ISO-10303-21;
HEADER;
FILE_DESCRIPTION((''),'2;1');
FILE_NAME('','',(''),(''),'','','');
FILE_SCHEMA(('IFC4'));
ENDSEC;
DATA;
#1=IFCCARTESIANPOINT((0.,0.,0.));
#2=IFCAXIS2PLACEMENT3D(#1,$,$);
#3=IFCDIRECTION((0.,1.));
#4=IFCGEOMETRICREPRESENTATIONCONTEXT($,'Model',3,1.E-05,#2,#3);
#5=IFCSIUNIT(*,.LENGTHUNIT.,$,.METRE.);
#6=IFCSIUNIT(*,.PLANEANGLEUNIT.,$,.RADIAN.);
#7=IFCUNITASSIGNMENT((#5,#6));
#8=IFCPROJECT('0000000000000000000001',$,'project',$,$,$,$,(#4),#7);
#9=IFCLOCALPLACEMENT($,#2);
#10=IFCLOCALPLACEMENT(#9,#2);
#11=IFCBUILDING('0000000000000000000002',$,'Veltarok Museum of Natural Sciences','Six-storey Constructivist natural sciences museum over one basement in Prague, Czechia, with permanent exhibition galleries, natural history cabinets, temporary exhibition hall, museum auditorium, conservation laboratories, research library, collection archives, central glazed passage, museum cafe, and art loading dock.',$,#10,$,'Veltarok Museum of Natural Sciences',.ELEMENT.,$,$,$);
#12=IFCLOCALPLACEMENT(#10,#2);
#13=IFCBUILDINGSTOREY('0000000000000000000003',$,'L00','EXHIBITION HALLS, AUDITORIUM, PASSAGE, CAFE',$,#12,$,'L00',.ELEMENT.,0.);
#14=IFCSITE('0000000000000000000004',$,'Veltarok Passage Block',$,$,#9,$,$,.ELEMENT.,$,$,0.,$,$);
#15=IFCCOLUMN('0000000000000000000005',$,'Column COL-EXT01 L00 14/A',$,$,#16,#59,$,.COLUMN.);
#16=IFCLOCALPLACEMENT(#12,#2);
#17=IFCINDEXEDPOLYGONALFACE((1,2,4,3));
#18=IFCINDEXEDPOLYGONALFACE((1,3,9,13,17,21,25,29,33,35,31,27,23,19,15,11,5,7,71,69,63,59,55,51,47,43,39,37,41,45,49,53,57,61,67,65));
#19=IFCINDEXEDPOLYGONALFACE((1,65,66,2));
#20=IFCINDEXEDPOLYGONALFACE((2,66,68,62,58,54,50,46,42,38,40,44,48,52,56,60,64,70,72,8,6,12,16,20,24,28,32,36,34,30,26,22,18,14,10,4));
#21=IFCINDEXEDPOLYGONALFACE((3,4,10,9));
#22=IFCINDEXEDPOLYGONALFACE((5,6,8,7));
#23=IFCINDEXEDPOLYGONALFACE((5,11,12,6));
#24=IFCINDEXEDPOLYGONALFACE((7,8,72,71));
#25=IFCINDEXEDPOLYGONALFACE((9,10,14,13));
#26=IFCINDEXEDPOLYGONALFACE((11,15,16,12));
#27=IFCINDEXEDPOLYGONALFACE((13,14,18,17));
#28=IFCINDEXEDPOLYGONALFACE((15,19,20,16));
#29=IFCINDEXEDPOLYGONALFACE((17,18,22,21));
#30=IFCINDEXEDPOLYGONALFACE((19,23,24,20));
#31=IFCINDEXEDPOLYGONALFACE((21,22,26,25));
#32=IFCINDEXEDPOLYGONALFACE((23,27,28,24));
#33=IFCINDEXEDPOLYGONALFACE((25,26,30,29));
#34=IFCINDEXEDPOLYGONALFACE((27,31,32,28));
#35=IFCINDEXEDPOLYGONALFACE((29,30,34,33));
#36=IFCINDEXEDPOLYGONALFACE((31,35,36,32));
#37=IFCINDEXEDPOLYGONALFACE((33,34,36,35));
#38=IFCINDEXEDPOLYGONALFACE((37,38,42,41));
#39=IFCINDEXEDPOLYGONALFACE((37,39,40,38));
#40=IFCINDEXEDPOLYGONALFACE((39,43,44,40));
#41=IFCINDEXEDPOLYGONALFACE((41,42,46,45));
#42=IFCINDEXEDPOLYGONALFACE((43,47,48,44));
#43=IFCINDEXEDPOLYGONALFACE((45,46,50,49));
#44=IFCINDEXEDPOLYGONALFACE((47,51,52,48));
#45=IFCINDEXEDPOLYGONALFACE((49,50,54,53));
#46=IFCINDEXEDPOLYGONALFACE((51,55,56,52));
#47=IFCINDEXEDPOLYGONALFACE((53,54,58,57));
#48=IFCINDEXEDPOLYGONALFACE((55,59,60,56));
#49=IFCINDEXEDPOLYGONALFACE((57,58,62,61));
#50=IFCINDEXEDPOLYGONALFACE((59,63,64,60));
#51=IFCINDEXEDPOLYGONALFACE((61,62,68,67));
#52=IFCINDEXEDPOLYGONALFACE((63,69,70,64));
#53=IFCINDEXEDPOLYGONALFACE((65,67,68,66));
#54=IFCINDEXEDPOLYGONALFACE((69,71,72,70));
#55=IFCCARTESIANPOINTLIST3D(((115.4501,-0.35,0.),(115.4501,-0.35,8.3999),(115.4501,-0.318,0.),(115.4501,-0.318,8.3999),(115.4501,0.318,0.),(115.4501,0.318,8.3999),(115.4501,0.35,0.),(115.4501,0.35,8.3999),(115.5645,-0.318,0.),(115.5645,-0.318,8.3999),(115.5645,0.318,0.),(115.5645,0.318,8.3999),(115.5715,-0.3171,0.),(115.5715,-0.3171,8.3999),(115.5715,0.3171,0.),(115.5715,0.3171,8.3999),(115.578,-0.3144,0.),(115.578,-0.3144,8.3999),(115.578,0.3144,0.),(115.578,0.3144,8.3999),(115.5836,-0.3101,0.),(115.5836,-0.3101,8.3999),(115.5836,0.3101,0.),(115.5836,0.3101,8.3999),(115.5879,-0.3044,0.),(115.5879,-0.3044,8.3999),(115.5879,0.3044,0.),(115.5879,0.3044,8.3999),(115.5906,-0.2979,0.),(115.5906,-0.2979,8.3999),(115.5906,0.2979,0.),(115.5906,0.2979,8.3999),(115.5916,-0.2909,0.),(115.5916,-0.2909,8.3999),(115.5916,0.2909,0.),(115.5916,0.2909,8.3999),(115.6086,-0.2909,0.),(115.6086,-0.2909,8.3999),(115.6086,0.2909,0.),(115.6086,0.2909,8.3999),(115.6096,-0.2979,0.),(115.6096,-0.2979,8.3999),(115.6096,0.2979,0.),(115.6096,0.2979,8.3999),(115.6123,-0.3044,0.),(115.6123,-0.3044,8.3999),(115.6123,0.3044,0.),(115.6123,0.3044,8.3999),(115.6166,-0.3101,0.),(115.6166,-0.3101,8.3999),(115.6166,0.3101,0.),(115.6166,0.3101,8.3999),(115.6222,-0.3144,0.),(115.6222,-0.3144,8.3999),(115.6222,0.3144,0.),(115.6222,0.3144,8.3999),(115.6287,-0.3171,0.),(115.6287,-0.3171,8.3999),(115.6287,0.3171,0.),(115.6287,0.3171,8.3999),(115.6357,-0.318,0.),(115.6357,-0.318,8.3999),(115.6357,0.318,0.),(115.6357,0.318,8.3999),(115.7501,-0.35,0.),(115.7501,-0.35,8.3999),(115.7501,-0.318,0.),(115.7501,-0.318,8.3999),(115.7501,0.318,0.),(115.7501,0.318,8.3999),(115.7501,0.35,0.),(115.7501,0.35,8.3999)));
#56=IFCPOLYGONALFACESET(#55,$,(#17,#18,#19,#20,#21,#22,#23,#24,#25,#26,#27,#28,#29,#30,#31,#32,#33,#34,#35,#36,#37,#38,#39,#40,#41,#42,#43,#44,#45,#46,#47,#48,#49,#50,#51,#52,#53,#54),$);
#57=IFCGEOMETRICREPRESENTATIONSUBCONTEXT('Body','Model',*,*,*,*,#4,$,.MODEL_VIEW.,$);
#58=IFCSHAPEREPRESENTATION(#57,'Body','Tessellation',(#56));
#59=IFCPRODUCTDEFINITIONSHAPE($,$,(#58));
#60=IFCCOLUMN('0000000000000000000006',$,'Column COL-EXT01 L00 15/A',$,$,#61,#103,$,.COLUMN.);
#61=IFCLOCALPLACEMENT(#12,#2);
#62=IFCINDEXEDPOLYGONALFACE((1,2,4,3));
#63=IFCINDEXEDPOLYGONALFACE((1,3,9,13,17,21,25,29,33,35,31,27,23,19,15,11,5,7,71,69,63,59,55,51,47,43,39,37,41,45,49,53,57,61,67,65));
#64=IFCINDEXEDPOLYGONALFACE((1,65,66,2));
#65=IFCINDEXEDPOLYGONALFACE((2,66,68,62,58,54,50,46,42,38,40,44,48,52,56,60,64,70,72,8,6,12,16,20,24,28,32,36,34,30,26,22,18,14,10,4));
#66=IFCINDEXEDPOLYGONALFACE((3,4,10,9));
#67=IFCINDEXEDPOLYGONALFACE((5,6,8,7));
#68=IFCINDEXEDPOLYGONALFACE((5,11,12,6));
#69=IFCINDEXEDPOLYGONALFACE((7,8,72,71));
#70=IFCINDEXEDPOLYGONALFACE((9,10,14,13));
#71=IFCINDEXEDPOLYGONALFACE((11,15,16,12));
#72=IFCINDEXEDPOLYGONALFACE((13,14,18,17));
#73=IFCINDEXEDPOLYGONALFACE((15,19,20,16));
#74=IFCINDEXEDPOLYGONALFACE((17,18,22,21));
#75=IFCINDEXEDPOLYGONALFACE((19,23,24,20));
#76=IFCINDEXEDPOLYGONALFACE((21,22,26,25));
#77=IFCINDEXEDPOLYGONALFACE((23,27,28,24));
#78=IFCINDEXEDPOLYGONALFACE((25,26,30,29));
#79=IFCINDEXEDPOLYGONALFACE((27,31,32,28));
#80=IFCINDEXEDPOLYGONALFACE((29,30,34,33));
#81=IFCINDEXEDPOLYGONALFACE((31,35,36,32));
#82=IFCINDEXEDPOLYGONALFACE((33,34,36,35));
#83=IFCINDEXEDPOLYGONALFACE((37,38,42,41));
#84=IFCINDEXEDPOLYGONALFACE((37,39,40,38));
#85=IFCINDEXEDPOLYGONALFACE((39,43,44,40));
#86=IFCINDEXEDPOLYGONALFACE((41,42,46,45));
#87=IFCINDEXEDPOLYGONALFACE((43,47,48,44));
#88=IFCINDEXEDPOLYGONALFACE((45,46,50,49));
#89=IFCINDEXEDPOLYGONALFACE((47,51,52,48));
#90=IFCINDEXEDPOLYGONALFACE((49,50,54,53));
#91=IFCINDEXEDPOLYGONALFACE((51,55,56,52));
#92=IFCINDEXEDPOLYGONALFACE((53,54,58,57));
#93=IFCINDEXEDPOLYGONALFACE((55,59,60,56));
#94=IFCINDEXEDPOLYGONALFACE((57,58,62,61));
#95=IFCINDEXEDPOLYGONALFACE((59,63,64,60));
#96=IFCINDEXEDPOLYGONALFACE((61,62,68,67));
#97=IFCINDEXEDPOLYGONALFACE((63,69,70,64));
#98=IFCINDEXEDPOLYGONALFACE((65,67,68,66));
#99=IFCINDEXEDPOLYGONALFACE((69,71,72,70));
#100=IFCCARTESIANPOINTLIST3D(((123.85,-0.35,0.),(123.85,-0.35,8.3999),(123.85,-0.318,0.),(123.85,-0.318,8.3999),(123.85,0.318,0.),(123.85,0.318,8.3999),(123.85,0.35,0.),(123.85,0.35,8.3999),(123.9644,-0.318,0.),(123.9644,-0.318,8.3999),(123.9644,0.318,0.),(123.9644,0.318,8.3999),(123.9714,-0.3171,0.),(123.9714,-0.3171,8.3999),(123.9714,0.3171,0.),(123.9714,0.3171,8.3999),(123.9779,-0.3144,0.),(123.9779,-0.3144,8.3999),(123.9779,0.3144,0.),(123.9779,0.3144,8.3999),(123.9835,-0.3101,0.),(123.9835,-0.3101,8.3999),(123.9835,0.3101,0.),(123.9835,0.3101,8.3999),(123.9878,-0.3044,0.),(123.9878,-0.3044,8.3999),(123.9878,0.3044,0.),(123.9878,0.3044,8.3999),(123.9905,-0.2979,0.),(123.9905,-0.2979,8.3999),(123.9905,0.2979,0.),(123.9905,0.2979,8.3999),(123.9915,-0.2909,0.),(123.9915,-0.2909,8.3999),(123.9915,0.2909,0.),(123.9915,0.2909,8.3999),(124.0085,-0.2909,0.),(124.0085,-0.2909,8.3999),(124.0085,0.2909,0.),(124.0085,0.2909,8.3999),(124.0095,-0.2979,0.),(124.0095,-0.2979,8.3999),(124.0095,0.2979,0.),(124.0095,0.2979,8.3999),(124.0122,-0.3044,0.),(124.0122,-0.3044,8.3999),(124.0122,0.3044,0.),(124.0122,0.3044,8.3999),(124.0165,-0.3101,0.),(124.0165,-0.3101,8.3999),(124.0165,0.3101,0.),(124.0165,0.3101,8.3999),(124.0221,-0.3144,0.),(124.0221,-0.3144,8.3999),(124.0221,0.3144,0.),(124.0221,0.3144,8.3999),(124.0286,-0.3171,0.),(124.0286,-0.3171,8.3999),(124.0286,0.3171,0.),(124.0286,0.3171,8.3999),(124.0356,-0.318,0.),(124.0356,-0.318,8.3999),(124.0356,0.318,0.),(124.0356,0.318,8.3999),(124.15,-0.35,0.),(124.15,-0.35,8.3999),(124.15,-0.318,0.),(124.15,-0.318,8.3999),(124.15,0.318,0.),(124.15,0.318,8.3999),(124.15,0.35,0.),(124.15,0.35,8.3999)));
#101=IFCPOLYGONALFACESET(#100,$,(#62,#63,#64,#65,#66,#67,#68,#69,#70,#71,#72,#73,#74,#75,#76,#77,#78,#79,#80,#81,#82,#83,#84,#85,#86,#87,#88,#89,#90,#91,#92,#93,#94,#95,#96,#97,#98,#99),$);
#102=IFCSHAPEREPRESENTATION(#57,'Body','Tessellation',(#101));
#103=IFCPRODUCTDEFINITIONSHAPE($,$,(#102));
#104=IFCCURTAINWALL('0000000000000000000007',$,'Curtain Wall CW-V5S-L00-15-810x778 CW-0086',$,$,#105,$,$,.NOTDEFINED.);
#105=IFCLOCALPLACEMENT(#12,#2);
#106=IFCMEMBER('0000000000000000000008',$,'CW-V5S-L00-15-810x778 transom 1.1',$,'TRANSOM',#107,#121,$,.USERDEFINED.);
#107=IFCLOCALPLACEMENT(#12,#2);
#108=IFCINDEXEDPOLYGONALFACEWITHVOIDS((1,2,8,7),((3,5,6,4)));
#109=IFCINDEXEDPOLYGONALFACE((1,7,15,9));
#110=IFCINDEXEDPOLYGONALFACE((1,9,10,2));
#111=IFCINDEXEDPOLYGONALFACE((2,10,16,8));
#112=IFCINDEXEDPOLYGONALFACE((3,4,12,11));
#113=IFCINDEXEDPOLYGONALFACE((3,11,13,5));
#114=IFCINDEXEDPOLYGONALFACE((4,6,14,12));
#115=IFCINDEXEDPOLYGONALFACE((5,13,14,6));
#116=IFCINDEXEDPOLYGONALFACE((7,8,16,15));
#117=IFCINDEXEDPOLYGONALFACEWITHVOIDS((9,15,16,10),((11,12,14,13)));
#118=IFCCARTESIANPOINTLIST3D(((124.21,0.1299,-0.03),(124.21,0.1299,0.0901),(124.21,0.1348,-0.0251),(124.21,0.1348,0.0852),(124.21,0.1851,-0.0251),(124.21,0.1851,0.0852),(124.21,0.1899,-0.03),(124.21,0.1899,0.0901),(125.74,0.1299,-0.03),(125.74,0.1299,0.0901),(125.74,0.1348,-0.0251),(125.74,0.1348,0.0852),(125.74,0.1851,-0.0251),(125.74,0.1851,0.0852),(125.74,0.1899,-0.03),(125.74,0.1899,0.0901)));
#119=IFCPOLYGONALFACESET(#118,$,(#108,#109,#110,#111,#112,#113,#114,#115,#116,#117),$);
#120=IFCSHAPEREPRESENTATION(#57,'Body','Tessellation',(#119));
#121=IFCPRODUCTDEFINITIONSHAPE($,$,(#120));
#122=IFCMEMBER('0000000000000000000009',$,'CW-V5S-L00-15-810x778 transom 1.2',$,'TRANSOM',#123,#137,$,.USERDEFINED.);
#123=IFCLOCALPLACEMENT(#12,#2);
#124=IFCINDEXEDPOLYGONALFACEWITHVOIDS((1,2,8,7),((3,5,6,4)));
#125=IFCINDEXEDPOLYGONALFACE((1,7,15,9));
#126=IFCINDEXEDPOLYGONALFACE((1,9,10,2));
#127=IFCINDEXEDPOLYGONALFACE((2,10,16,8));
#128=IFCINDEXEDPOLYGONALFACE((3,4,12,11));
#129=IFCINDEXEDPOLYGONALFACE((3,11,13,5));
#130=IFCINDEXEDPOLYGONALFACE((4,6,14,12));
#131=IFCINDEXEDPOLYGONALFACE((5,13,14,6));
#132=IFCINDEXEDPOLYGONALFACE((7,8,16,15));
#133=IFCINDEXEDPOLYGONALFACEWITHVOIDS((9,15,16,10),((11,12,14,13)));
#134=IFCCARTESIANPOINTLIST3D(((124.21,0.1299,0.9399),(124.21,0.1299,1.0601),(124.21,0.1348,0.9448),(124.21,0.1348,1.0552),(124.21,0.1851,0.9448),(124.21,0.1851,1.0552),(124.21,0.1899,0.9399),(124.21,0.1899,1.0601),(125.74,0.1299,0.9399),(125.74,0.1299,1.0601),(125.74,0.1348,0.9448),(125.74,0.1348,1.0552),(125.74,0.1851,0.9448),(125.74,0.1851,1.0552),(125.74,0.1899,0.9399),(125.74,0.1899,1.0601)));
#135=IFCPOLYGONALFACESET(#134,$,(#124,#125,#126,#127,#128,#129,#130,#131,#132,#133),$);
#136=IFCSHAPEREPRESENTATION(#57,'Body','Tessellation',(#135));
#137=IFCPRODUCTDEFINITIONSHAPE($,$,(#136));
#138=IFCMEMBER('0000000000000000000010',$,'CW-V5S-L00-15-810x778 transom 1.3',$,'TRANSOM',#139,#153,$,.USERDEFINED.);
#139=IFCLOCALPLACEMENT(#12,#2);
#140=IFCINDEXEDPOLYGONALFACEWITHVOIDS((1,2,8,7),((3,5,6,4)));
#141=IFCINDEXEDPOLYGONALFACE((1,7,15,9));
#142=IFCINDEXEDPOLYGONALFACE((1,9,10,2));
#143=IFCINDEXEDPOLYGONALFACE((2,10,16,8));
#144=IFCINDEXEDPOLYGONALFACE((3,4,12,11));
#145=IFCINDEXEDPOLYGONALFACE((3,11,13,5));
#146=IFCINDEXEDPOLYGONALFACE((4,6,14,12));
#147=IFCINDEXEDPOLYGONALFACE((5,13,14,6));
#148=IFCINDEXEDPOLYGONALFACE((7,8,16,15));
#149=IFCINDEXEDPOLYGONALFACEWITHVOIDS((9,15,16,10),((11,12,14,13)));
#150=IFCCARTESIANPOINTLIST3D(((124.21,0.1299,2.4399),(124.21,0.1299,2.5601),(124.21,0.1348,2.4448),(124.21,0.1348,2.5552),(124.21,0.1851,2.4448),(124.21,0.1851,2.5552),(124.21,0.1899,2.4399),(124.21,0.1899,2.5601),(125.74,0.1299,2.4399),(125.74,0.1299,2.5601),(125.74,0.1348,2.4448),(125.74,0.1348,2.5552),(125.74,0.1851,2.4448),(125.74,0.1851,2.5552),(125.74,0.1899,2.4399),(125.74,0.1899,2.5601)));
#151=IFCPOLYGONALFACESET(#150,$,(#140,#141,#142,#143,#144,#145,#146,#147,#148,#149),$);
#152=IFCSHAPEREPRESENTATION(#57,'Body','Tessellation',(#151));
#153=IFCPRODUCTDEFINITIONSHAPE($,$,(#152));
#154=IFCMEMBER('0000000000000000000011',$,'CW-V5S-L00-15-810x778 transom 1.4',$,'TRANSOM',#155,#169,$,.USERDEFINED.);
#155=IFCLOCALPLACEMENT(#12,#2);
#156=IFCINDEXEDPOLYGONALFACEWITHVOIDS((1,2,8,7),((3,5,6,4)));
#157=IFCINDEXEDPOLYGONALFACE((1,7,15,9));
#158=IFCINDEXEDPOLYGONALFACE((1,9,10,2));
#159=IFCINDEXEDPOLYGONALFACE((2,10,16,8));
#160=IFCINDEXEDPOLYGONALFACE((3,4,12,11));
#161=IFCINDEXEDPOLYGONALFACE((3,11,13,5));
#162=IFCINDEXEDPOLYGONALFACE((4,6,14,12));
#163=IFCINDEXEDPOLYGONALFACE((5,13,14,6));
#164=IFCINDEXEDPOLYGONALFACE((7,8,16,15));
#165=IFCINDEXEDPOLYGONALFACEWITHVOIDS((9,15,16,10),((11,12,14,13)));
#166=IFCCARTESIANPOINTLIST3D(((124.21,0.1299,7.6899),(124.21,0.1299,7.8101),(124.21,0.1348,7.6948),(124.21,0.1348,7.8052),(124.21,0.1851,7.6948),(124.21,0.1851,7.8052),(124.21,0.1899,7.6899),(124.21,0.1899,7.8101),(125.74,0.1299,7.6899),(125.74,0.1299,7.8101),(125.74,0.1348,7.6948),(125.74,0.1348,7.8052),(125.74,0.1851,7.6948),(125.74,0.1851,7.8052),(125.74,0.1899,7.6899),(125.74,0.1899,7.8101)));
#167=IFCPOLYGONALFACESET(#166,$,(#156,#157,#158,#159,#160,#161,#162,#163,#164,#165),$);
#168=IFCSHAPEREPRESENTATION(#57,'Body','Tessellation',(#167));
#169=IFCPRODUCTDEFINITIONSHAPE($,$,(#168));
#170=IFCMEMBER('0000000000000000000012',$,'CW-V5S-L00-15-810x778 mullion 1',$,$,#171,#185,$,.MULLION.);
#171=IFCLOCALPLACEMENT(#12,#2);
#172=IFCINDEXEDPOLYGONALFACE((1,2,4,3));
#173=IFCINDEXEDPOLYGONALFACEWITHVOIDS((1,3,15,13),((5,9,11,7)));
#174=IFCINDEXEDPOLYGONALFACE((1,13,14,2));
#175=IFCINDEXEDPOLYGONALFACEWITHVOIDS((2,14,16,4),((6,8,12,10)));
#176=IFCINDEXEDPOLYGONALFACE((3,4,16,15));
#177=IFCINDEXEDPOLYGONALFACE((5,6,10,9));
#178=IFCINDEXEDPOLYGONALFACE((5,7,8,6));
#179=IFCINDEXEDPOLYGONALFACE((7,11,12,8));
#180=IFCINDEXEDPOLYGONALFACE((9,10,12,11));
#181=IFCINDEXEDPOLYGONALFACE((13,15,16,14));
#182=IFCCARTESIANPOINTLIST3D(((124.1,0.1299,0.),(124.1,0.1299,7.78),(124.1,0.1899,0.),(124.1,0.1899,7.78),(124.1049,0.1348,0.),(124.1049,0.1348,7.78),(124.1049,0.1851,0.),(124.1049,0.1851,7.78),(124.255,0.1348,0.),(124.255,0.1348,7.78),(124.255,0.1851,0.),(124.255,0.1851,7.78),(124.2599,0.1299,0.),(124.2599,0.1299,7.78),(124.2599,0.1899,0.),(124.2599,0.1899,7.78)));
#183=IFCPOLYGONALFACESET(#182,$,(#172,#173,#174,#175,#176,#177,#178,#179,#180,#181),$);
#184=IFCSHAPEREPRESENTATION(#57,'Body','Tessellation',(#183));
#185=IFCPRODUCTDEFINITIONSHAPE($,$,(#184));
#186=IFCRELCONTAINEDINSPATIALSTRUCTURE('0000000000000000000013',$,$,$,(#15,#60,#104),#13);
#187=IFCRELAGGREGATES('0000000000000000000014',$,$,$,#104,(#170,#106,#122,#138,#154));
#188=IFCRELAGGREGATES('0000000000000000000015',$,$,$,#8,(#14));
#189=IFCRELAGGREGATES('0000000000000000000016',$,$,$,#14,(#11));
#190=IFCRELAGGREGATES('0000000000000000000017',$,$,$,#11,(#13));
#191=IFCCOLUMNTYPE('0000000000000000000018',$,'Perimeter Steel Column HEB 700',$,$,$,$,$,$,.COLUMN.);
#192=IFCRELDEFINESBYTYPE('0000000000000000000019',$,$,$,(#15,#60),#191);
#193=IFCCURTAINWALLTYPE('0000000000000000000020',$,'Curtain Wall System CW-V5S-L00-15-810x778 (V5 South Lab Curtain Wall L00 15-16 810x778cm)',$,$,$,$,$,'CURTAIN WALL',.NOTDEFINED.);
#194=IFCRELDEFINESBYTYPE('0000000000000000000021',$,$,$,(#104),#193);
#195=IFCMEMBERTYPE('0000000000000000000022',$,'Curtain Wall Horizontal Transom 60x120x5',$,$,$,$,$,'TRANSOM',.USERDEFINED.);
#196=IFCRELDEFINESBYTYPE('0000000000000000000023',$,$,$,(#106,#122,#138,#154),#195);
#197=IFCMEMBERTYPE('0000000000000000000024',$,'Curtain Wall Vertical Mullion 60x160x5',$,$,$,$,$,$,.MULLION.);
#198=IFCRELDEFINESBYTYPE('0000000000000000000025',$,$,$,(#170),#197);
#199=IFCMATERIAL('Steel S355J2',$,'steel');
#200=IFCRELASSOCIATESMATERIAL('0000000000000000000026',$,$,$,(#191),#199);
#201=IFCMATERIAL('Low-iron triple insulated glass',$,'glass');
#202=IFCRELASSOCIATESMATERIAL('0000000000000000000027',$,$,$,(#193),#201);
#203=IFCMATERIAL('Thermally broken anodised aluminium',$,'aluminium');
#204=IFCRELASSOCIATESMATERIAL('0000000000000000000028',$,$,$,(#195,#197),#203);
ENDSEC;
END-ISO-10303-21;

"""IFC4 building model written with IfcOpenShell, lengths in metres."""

from ifc_helpers import new_model, si_unit, direction, frame, origin, origin_2d, place, context, subcontext, project, spatial, hollow_rectangle, i_section, extrude, material, material_profile, profile_set, type_object, element, aggregate, save


model = new_model("IFC4")

# Units and contexts
model_context = context("Model", 3, precision=1e-05, world=origin(), true_north=direction((0.0, 1.0)))
body_context = subcontext(model_context, "Body", "Model", "MODEL_VIEW")
ifc_project = project(units=[si_unit("LENGTHUNIT", "METRE"), si_unit("PLANEANGLEUNIT", "RADIAN")], contexts=[model_context])

# Site, building, storey
site_placement = place(None, origin())
site = spatial("IfcSite", under=ifc_project, at=site_placement, Name="Veltarok Passage Block", CompositionType="ELEMENT", RefElevation=0.0)
building_placement = place(site_placement, origin())
building = spatial("IfcBuilding", under=site, at=building_placement, Name="Veltarok Museum of Natural Sciences", Description="Six-storey Constructivist natural sciences museum over one basement in Prague, Czechia, with permanent exhibition galleries, natural history cabinets, temporary exhibition hall, museum auditorium, conservation laboratories, research library, collection archives, central glazed passage, museum cafe, and art loading dock.", LongName="Veltarok Museum of Natural Sciences", CompositionType="ELEMENT")
storey_placement = place(building_placement, origin())
storey = spatial("IfcBuildingStorey", under=building, at=storey_placement, Name="L00", Description="EXHIBITION HALLS, AUDITORIUM, PASSAGE, CAFE", LongName="L00", CompositionType="ELEMENT", Elevation=0.0)

# Columns
ifc_material_1 = material(Name="Steel S355J2", Category="steel")
ifc_material_profile_1 = material_profile(ifc_material_1, i_section(OverallWidth=0.3, OverallDepth=0.7, WebThickness=0.0171, FlangeThickness=0.032, FilletRadius=0.0271, at=origin_2d()), Name="HEB 700")
ifc_profile_set_1 = profile_set([ifc_material_profile_1], Name="Steel S355J2")
column_type = type_object("IfcColumnType", Name="Perimeter Steel Column HEB 700", PredefinedType="COLUMN", material=ifc_profile_set_1)
for number, where, z_axis, x_axis, name in (
    (1, (115.6001, 0.0, 0.0), (0.0, 0.0, 1.0), (1.0, 0.0, 0.0), "Column COL-EXT01 L00 14/A"),
    (2, (124.0, 0.0, 0.0), (0.0, 0.0, 1.0), (1.0, 0.0, 0.0), "Column COL-EXT01 L00 15/A"),
):
    element("IfcColumn", number, at=place(storey_placement, frame(where, z_axis=z_axis, x_axis=x_axis)), inside=storey, type_object=column_type, Name=name, PredefinedType="COLUMN", context=body_context, shape_type="SweptSolid", body=[
        extrude(i_section(OverallWidth=0.3, OverallDepth=0.7, WebThickness=0.0171, FlangeThickness=0.032, FilletRadius=0.0271, at=origin_2d()), origin(), (0.0, 0.0, 1.0), 8.3999),
    ])

# Curtain wall, members
ifc_material_2 = material(Name="Low-iron triple insulated glass", Category="glass")
curtain_wall_type = type_object("IfcCurtainWallType", Name="Curtain Wall System CW-V5S-L00-15-810x778 (V5 South Lab Curtain Wall L00 15-16 810x778cm)", ElementType="CURTAIN WALL", PredefinedType="NOTDEFINED", material=ifc_material_2)
curtain_wall_placement = place(storey_placement, origin())
curtain_wall = element("IfcCurtainWall", 3, at=curtain_wall_placement, inside=storey, type_object=curtain_wall_type, Name="Curtain Wall CW-V5S-L00-15-810x778 CW-0086", PredefinedType="NOTDEFINED")
ifc_material_3 = material(Name="Thermally broken anodised aluminium", Category="aluminium")
ifc_material_profile_2 = material_profile(ifc_material_3, hollow_rectangle(XDim=0.0601, YDim=0.1201, WallThickness=0.0049, at=origin_2d()), Name="CW TRANSOM 60x120x5")
ifc_profile_set_2 = profile_set([ifc_material_profile_2], Name="Thermally broken anodised aluminium")
member_type_1 = type_object("IfcMemberType", Name="Curtain Wall Horizontal Transom 60x120x5", ElementType="TRANSOM", PredefinedType="USERDEFINED", material=ifc_profile_set_2)
member_1_placement = place(storey_placement, frame((124.21, 0.1599, 0.03), z_axis=(1.0, 0.0, 0.0), x_axis=(0.0, 1.0, 0.0)))
member_1 = element("IfcMember", 4, at=member_1_placement, type_object=member_type_1, Name="CW-V5S-L00-15-810x778 transom 1.1", ObjectType="TRANSOM", PredefinedType="USERDEFINED", context=body_context, shape_type="SweptSolid", body=[
    extrude(hollow_rectangle(XDim=0.0601, YDim=0.1201, WallThickness=0.0049, at=origin_2d()), origin(), (0.0, 0.0, 1.0), 1.53),
])
member_2_placement = place(storey_placement, frame((124.21, 0.1599, 1.0), z_axis=(1.0, 0.0, 0.0), x_axis=(0.0, 1.0, 0.0)))
member_2 = element("IfcMember", 5, at=member_2_placement, type_object=member_type_1, Name="CW-V5S-L00-15-810x778 transom 1.2", ObjectType="TRANSOM", PredefinedType="USERDEFINED", context=body_context, shape_type="SweptSolid", body=[
    extrude(hollow_rectangle(XDim=0.0601, YDim=0.1201, WallThickness=0.0049, at=origin_2d()), origin(), (0.0, 0.0, 1.0), 1.53),
])
member_3_placement = place(storey_placement, frame((124.21, 0.1599, 2.5), z_axis=(1.0, 0.0, 0.0), x_axis=(0.0, 1.0, 0.0)))
member_3 = element("IfcMember", 6, at=member_3_placement, type_object=member_type_1, Name="CW-V5S-L00-15-810x778 transom 1.3", ObjectType="TRANSOM", PredefinedType="USERDEFINED", context=body_context, shape_type="SweptSolid", body=[
    extrude(hollow_rectangle(XDim=0.0601, YDim=0.1201, WallThickness=0.0049, at=origin_2d()), origin(), (0.0, 0.0, 1.0), 1.53),
])
member_4_placement = place(storey_placement, frame((124.21, 0.1599, 7.75), z_axis=(1.0, 0.0, 0.0), x_axis=(0.0, 1.0, 0.0)))
member_4 = element("IfcMember", 7, at=member_4_placement, type_object=member_type_1, Name="CW-V5S-L00-15-810x778 transom 1.4", ObjectType="TRANSOM", PredefinedType="USERDEFINED", context=body_context, shape_type="SweptSolid", body=[
    extrude(hollow_rectangle(XDim=0.0601, YDim=0.1201, WallThickness=0.0049, at=origin_2d()), origin(), (0.0, 0.0, 1.0), 1.53),
])
ifc_material_profile_3 = material_profile(ifc_material_3, hollow_rectangle(XDim=0.0601, YDim=0.1599, WallThickness=0.0049, at=origin_2d()), Name="CW MULLION 60x160x5")
ifc_profile_set_3 = profile_set([ifc_material_profile_3], Name="Thermally broken anodised aluminium")
member_type_2 = type_object("IfcMemberType", Name="Curtain Wall Vertical Mullion 60x160x5", PredefinedType="MULLION", material=ifc_profile_set_3)
member_5_placement = place(storey_placement, frame((124.1799, 0.1599, 0.0), z_axis=(0.0, 0.0, 1.0), x_axis=(0.0, 1.0, 0.0)))
member_5 = element("IfcMember", 8, at=member_5_placement, type_object=member_type_2, Name="CW-V5S-L00-15-810x778 mullion 1", PredefinedType="MULLION", context=body_context, shape_type="SweptSolid", body=[
    extrude(hollow_rectangle(XDim=0.0601, YDim=0.1599, WallThickness=0.0049, at=origin_2d()), origin(), (0.0, 0.0, 1.0), 7.78),
])
aggregate(curtain_wall, [member_5, member_1, member_2, member_3, member_4])

save(model, "model.ifc")
